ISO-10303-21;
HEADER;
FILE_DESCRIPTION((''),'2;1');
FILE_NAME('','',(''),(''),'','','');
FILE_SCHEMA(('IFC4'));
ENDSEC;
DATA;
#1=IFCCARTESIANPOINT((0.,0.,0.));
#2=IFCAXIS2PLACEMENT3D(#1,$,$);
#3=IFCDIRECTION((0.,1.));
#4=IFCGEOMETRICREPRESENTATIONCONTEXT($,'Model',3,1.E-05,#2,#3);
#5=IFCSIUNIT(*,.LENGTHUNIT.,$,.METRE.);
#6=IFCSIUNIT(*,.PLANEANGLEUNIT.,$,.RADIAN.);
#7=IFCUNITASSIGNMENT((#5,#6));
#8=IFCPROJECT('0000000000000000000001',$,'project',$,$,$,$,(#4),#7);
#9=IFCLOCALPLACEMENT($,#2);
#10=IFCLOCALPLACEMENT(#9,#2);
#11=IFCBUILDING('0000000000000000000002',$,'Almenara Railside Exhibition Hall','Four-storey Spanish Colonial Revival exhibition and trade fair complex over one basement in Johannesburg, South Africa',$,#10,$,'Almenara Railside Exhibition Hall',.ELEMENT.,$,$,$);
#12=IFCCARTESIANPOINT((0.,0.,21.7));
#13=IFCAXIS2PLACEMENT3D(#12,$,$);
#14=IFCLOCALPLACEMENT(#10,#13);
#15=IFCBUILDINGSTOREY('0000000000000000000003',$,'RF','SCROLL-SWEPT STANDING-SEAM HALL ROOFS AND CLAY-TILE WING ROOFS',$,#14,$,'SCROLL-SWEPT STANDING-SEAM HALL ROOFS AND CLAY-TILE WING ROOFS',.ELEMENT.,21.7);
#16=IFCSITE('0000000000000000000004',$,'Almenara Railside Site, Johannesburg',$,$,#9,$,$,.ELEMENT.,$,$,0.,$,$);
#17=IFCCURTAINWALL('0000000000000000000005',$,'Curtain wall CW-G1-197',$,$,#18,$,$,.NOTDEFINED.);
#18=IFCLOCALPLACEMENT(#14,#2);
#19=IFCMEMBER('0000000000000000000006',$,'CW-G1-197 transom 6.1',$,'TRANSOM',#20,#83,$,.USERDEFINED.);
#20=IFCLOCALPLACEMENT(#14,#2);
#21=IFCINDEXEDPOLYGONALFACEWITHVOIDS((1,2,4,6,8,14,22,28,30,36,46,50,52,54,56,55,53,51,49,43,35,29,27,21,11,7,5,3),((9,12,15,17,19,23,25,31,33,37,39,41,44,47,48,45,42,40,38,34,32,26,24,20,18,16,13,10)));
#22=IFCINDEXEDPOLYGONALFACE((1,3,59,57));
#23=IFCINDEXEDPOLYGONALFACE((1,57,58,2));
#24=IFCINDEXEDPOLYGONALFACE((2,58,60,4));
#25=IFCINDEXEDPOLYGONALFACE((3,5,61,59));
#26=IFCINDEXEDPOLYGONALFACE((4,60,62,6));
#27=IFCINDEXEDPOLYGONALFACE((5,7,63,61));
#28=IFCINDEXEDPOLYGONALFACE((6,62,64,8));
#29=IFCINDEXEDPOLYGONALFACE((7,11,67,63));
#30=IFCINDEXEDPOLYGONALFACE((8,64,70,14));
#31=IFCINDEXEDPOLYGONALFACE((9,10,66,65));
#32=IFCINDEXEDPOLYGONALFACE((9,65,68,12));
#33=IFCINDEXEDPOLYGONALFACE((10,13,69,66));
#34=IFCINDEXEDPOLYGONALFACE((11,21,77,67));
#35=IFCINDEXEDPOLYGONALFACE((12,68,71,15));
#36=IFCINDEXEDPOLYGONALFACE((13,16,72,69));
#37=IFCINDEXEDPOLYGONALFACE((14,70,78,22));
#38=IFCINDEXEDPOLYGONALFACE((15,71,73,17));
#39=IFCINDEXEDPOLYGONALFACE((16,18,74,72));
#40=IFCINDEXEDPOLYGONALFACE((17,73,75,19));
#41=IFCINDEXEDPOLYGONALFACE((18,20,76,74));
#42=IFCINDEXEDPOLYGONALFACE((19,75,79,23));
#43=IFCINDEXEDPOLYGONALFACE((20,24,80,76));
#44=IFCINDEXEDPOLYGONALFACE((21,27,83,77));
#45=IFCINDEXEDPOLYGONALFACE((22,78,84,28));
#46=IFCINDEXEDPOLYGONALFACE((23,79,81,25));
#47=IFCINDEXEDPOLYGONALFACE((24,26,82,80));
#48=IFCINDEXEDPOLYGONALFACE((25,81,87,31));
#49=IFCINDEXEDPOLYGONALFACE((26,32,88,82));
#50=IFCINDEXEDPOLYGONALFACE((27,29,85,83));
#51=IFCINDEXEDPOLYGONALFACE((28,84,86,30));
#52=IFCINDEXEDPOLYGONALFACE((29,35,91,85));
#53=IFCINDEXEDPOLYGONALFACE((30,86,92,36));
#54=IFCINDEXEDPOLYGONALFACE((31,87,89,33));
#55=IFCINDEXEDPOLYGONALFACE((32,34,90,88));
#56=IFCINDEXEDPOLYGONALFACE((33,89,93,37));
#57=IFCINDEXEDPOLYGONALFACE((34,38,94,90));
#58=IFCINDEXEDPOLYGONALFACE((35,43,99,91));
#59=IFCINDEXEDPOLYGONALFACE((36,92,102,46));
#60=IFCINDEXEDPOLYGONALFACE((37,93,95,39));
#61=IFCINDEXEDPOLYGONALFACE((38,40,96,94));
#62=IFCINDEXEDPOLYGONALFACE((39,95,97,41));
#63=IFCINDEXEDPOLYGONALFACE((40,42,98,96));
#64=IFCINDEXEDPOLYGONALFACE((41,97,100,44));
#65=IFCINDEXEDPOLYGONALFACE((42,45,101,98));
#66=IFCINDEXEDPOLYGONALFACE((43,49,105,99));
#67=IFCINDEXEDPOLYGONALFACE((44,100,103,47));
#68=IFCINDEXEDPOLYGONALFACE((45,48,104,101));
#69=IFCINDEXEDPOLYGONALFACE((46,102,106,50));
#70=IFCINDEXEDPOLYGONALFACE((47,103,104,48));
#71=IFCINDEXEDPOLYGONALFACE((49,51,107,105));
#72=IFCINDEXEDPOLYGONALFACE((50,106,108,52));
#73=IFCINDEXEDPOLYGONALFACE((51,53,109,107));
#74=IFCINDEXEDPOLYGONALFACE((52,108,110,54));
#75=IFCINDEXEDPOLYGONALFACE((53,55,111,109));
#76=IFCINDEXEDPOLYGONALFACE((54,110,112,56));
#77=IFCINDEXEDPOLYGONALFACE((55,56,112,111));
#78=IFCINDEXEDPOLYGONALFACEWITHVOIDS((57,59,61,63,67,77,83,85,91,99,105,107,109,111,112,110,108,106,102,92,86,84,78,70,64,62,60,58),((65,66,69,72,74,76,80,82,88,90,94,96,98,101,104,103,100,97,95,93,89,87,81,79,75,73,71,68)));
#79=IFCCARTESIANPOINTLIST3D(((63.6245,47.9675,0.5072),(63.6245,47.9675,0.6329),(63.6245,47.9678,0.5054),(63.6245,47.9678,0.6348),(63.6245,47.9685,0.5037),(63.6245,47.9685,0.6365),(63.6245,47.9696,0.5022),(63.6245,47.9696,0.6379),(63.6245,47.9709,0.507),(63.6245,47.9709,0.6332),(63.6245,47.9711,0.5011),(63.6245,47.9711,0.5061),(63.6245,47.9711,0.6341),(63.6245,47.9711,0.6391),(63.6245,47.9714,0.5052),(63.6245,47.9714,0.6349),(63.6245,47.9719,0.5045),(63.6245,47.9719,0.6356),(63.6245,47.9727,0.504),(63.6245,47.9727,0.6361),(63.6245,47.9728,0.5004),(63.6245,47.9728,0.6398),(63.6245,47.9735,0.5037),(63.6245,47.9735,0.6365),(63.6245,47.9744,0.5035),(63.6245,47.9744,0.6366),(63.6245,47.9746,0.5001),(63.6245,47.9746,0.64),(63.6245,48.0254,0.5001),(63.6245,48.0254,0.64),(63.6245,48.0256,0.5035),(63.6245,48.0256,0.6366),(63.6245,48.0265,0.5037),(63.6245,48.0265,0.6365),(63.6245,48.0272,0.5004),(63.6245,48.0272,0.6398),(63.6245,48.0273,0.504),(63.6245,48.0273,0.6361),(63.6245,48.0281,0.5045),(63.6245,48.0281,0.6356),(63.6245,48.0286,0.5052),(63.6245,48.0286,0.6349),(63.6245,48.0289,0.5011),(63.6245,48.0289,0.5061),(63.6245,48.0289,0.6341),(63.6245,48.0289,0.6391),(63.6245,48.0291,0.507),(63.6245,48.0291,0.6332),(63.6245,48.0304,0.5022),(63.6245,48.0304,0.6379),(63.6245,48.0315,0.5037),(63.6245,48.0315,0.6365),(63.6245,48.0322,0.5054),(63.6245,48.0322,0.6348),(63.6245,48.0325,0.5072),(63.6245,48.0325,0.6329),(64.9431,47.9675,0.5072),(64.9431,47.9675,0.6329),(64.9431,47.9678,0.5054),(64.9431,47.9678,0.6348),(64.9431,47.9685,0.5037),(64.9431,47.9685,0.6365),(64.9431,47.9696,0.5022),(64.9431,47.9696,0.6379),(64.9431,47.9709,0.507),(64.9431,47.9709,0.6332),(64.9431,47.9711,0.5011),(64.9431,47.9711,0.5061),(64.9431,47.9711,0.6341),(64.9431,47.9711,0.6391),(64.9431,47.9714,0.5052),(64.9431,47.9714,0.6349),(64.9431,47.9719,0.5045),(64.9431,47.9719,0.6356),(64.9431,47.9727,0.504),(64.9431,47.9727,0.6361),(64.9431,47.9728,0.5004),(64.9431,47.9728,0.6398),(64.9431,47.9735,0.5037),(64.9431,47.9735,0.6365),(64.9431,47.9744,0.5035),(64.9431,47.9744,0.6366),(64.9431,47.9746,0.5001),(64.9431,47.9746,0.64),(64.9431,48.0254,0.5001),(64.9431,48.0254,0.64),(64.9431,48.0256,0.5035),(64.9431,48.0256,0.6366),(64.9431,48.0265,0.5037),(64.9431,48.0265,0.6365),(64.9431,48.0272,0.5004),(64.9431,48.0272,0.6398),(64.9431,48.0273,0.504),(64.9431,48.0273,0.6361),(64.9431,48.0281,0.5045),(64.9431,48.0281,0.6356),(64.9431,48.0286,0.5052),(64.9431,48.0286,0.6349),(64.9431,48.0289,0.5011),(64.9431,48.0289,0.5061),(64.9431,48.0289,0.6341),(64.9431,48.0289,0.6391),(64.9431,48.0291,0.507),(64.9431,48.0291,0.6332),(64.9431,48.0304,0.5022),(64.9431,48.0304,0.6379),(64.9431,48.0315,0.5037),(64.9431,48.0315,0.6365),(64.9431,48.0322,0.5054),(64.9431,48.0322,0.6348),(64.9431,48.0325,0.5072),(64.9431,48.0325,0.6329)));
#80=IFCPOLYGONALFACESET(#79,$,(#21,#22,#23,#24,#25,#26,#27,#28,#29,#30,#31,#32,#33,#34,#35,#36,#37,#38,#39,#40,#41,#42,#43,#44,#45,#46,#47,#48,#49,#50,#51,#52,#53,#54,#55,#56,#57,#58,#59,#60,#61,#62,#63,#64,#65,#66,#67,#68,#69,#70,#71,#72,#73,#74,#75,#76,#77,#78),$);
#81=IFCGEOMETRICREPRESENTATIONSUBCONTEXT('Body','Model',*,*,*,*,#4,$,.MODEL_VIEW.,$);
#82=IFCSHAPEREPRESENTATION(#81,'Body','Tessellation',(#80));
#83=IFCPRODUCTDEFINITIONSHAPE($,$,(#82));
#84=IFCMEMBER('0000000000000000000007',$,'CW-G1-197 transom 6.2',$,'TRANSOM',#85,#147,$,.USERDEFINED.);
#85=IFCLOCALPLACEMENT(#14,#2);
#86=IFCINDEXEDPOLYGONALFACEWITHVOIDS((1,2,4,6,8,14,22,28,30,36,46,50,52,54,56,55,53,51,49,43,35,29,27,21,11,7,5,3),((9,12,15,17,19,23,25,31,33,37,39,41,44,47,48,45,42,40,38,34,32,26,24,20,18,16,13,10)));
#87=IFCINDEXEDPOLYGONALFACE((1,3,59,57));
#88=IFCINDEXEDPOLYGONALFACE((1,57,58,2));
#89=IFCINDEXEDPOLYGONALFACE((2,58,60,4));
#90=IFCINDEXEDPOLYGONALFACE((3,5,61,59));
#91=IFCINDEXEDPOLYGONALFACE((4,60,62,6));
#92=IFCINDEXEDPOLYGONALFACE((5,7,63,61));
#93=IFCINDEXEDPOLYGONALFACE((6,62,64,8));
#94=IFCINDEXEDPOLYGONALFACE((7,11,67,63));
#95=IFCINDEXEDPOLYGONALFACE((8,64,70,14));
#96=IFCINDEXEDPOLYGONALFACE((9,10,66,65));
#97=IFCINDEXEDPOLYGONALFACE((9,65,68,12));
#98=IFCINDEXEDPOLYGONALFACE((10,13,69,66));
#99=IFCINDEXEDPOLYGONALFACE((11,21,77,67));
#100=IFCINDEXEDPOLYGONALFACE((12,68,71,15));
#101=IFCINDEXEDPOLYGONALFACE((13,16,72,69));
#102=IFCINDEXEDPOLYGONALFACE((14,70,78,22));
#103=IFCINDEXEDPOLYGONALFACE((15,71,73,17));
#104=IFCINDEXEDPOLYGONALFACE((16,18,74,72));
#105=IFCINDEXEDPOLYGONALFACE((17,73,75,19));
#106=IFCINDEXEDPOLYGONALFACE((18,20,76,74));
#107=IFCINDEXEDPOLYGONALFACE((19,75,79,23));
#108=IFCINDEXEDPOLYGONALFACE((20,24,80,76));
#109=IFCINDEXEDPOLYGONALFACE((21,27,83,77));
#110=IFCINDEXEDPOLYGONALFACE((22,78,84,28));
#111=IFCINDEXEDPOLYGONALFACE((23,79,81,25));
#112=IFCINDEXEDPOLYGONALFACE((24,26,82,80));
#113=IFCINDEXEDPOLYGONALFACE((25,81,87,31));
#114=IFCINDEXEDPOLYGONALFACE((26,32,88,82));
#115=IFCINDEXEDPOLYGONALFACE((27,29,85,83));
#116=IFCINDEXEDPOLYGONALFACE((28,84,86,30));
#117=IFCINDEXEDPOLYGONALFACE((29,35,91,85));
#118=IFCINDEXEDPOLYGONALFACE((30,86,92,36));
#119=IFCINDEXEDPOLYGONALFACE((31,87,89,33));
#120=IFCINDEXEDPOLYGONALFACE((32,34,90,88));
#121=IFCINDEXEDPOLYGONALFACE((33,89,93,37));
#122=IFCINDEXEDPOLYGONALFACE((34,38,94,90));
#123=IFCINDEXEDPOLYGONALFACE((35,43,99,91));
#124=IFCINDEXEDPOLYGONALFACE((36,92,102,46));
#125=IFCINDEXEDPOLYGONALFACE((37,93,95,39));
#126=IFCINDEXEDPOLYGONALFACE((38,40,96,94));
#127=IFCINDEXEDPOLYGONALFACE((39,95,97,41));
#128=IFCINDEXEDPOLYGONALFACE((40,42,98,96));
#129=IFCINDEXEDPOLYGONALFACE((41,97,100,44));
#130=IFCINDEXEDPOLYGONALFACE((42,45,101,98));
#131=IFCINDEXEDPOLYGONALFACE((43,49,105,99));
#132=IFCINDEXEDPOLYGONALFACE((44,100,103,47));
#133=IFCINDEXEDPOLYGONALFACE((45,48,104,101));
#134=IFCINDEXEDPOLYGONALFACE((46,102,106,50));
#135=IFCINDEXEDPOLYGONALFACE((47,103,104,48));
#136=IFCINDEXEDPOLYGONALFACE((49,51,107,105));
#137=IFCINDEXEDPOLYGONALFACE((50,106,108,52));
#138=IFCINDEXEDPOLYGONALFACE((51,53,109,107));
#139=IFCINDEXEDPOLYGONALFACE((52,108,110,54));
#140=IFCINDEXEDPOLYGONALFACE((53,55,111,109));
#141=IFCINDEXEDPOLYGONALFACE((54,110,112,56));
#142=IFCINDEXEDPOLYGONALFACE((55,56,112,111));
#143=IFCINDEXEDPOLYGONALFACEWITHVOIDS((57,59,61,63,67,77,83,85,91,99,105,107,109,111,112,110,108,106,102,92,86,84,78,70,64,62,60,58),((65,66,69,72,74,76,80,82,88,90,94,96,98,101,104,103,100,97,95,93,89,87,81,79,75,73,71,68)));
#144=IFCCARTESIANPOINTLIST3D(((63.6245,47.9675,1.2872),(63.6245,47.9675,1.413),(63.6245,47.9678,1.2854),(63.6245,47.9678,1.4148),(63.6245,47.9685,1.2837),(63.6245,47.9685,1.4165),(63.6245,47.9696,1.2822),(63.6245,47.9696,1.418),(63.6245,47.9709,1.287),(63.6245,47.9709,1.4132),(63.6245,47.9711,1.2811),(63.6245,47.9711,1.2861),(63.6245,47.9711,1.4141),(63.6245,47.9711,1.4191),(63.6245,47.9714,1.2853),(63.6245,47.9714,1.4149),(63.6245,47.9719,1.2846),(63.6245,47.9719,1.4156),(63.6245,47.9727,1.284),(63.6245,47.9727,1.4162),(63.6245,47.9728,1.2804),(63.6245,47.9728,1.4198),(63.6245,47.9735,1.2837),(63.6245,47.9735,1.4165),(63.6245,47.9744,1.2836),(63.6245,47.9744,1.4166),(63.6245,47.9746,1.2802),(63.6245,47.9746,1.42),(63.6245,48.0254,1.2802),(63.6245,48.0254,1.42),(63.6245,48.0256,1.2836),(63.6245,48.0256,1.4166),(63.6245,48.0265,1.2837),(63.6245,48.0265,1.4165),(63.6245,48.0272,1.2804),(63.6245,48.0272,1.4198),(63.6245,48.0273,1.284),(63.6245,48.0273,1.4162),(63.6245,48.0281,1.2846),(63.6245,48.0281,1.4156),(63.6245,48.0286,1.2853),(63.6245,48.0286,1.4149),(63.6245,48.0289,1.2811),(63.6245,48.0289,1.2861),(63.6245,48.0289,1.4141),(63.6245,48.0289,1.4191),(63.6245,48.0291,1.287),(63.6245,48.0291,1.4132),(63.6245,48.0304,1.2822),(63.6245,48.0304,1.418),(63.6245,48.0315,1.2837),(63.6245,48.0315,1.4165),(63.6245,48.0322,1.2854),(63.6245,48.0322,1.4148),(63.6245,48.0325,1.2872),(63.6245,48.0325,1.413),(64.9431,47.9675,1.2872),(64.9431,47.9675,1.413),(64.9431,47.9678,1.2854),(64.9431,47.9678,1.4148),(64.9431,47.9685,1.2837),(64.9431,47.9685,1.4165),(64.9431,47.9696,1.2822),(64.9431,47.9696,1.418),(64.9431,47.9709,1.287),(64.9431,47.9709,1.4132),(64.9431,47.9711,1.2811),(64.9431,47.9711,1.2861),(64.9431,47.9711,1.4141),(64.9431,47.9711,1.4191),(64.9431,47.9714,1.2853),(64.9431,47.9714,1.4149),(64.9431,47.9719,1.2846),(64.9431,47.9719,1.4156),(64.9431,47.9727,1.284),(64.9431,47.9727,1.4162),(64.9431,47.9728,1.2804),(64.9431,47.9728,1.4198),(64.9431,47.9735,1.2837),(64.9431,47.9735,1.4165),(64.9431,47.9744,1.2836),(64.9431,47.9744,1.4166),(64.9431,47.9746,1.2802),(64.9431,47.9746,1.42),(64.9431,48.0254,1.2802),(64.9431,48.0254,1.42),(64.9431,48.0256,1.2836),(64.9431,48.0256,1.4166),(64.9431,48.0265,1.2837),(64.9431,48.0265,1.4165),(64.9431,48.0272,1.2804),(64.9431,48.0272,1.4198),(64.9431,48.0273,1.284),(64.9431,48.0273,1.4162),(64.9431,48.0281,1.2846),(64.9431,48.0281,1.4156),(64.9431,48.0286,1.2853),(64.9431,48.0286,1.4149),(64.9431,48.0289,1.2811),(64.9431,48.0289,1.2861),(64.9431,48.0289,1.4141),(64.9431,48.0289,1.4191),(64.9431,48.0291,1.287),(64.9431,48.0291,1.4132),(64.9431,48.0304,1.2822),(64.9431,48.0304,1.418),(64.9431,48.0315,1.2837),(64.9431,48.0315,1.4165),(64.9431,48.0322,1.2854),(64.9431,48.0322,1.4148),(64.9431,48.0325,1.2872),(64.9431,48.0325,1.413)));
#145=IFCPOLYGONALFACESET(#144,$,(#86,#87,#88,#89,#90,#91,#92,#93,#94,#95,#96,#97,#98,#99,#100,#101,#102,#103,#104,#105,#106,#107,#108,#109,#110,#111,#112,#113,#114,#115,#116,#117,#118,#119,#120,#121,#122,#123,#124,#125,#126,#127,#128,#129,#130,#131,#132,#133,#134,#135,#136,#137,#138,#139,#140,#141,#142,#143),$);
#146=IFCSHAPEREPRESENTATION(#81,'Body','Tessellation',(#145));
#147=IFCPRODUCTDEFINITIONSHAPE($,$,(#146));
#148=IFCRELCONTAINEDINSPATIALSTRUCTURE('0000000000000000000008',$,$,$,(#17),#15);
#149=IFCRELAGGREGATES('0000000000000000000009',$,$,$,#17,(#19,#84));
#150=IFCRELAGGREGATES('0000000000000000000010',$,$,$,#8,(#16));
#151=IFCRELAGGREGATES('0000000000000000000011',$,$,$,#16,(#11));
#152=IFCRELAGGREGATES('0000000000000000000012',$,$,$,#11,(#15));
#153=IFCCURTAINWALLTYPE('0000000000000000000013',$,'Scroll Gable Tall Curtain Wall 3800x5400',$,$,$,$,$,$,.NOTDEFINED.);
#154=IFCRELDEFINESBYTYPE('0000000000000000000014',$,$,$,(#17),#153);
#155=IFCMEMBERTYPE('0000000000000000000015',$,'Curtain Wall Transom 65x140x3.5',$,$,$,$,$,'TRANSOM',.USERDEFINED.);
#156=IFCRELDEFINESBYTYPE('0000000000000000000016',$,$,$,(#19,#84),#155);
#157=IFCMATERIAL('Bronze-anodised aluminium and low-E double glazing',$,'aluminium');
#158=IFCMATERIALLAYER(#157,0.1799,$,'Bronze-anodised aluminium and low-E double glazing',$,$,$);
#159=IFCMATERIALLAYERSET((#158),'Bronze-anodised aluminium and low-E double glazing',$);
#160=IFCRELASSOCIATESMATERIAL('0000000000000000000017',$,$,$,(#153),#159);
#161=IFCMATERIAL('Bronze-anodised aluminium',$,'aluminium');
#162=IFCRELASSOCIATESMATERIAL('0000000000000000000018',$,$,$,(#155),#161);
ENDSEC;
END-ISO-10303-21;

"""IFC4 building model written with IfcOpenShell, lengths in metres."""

from ifc_helpers import new_model, si_unit, direction, frame, origin, origin_2d, place, context, subcontext, project, spatial, hollow_rectangle, extrude, material, layer, layer_set, material_profile, profile_set, type_object, element, aggregate, save


model = new_model("IFC4")

# Units and contexts
model_context = context("Model", 3, precision=1e-05, world=origin(), true_north=direction((0.0, 1.0)))
body_context = subcontext(model_context, "Body", "Model", "MODEL_VIEW")
ifc_project = project(units=[si_unit("LENGTHUNIT", "METRE"), si_unit("PLANEANGLEUNIT", "RADIAN")], contexts=[model_context])

# Site, building, storey
site_placement = place(None, origin())
site = spatial("IfcSite", under=ifc_project, at=site_placement, Name="Almenara Railside Site, Johannesburg", CompositionType="ELEMENT", RefElevation=0.0)
building_placement = place(site_placement, origin())
building = spatial("IfcBuilding", under=site, at=building_placement, Name="Almenara Railside Exhibition Hall", Description="Four-storey Spanish Colonial Revival exhibition and trade fair complex over one basement in Johannesburg, South Africa", LongName="Almenara Railside Exhibition Hall", CompositionType="ELEMENT")
storey_placement = place(building_placement, frame((0.0, 0.0, 21.7)))
storey = spatial("IfcBuildingStorey", under=building, at=storey_placement, Name="RF", Description="SCROLL-SWEPT STANDING-SEAM HALL ROOFS AND CLAY-TILE WING ROOFS", LongName="SCROLL-SWEPT STANDING-SEAM HALL ROOFS AND CLAY-TILE WING ROOFS", CompositionType="ELEMENT", Elevation=21.7)

# Curtain wall, members
ifc_material_1 = material(Name="Bronze-anodised aluminium and low-E double glazing", Category="aluminium")
ifc_layer_1 = layer(ifc_material_1, 0.1799, Name="Bronze-anodised aluminium and low-E double glazing")
ifc_layer_set_1 = layer_set([ifc_layer_1], Name="Bronze-anodised aluminium and low-E double glazing")
curtain_wall_type = type_object("IfcCurtainWallType", Name="Scroll Gable Tall Curtain Wall 3800x5400", PredefinedType="NOTDEFINED", material=ifc_layer_set_1)
curtain_wall_placement = place(storey_placement, origin())
curtain_wall = element("IfcCurtainWall", 1, at=curtain_wall_placement, inside=storey, type_object=curtain_wall_type, Name="Curtain wall CW-G1-197", PredefinedType="NOTDEFINED")
ifc_material_2 = material(Name="Bronze-anodised aluminium", Category="aluminium")
ifc_material_profile_1 = material_profile(ifc_material_2, hollow_rectangle(XDim=0.0649, YDim=0.1399, WallThickness=0.0034, InnerFilletRadius=0.0034, OuterFilletRadius=0.0071, at=origin_2d()), Name="ALU-TRN 65x140x3.5")
ifc_profile_set_1 = profile_set([ifc_material_profile_1], Name="Bronze-anodised aluminium")
member_type_1 = type_object("IfcMemberType", Name="Curtain Wall Transom 65x140x3.5", ElementType="TRANSOM", PredefinedType="USERDEFINED", material=ifc_profile_set_1)
member_1_placement = place(storey_placement, frame((63.6245, 48.0, 0.5701), z_axis=(1.0, 0.0, 0.0), x_axis=(0.0, 1.0, 0.0)))
member_1 = element("IfcMember", 2, at=member_1_placement, type_object=member_type_1, Name="CW-G1-197 transom 6.1", ObjectType="TRANSOM", PredefinedType="USERDEFINED", context=body_context, shape_type="SweptSolid", body=[
    extrude(hollow_rectangle(XDim=0.0649, YDim=0.1399, WallThickness=0.0034, InnerFilletRadius=0.0034, OuterFilletRadius=0.0071, at=origin_2d()), origin(), (0.0, 0.0, 1.0), 1.3186),
])
member_2_placement = place(storey_placement, frame((63.6245, 48.0, 1.3501), z_axis=(1.0, 0.0, 0.0), x_axis=(0.0, 1.0, 0.0)))
member_2 = element("IfcMember", 3, at=member_2_placement, type_object=member_type_1, Name="CW-G1-197 transom 6.2", ObjectType="TRANSOM", PredefinedType="USERDEFINED", context=body_context, shape_type="SweptSolid", body=[
    extrude(hollow_rectangle(XDim=0.0649, YDim=0.1399, WallThickness=0.0034, InnerFilletRadius=0.0034, OuterFilletRadius=0.0071, at=origin_2d()), origin(), (0.0, 0.0, 1.0), 1.3186),
])

aggregate(curtain_wall, [member_1, member_2])

save(model, "model.ifc")
